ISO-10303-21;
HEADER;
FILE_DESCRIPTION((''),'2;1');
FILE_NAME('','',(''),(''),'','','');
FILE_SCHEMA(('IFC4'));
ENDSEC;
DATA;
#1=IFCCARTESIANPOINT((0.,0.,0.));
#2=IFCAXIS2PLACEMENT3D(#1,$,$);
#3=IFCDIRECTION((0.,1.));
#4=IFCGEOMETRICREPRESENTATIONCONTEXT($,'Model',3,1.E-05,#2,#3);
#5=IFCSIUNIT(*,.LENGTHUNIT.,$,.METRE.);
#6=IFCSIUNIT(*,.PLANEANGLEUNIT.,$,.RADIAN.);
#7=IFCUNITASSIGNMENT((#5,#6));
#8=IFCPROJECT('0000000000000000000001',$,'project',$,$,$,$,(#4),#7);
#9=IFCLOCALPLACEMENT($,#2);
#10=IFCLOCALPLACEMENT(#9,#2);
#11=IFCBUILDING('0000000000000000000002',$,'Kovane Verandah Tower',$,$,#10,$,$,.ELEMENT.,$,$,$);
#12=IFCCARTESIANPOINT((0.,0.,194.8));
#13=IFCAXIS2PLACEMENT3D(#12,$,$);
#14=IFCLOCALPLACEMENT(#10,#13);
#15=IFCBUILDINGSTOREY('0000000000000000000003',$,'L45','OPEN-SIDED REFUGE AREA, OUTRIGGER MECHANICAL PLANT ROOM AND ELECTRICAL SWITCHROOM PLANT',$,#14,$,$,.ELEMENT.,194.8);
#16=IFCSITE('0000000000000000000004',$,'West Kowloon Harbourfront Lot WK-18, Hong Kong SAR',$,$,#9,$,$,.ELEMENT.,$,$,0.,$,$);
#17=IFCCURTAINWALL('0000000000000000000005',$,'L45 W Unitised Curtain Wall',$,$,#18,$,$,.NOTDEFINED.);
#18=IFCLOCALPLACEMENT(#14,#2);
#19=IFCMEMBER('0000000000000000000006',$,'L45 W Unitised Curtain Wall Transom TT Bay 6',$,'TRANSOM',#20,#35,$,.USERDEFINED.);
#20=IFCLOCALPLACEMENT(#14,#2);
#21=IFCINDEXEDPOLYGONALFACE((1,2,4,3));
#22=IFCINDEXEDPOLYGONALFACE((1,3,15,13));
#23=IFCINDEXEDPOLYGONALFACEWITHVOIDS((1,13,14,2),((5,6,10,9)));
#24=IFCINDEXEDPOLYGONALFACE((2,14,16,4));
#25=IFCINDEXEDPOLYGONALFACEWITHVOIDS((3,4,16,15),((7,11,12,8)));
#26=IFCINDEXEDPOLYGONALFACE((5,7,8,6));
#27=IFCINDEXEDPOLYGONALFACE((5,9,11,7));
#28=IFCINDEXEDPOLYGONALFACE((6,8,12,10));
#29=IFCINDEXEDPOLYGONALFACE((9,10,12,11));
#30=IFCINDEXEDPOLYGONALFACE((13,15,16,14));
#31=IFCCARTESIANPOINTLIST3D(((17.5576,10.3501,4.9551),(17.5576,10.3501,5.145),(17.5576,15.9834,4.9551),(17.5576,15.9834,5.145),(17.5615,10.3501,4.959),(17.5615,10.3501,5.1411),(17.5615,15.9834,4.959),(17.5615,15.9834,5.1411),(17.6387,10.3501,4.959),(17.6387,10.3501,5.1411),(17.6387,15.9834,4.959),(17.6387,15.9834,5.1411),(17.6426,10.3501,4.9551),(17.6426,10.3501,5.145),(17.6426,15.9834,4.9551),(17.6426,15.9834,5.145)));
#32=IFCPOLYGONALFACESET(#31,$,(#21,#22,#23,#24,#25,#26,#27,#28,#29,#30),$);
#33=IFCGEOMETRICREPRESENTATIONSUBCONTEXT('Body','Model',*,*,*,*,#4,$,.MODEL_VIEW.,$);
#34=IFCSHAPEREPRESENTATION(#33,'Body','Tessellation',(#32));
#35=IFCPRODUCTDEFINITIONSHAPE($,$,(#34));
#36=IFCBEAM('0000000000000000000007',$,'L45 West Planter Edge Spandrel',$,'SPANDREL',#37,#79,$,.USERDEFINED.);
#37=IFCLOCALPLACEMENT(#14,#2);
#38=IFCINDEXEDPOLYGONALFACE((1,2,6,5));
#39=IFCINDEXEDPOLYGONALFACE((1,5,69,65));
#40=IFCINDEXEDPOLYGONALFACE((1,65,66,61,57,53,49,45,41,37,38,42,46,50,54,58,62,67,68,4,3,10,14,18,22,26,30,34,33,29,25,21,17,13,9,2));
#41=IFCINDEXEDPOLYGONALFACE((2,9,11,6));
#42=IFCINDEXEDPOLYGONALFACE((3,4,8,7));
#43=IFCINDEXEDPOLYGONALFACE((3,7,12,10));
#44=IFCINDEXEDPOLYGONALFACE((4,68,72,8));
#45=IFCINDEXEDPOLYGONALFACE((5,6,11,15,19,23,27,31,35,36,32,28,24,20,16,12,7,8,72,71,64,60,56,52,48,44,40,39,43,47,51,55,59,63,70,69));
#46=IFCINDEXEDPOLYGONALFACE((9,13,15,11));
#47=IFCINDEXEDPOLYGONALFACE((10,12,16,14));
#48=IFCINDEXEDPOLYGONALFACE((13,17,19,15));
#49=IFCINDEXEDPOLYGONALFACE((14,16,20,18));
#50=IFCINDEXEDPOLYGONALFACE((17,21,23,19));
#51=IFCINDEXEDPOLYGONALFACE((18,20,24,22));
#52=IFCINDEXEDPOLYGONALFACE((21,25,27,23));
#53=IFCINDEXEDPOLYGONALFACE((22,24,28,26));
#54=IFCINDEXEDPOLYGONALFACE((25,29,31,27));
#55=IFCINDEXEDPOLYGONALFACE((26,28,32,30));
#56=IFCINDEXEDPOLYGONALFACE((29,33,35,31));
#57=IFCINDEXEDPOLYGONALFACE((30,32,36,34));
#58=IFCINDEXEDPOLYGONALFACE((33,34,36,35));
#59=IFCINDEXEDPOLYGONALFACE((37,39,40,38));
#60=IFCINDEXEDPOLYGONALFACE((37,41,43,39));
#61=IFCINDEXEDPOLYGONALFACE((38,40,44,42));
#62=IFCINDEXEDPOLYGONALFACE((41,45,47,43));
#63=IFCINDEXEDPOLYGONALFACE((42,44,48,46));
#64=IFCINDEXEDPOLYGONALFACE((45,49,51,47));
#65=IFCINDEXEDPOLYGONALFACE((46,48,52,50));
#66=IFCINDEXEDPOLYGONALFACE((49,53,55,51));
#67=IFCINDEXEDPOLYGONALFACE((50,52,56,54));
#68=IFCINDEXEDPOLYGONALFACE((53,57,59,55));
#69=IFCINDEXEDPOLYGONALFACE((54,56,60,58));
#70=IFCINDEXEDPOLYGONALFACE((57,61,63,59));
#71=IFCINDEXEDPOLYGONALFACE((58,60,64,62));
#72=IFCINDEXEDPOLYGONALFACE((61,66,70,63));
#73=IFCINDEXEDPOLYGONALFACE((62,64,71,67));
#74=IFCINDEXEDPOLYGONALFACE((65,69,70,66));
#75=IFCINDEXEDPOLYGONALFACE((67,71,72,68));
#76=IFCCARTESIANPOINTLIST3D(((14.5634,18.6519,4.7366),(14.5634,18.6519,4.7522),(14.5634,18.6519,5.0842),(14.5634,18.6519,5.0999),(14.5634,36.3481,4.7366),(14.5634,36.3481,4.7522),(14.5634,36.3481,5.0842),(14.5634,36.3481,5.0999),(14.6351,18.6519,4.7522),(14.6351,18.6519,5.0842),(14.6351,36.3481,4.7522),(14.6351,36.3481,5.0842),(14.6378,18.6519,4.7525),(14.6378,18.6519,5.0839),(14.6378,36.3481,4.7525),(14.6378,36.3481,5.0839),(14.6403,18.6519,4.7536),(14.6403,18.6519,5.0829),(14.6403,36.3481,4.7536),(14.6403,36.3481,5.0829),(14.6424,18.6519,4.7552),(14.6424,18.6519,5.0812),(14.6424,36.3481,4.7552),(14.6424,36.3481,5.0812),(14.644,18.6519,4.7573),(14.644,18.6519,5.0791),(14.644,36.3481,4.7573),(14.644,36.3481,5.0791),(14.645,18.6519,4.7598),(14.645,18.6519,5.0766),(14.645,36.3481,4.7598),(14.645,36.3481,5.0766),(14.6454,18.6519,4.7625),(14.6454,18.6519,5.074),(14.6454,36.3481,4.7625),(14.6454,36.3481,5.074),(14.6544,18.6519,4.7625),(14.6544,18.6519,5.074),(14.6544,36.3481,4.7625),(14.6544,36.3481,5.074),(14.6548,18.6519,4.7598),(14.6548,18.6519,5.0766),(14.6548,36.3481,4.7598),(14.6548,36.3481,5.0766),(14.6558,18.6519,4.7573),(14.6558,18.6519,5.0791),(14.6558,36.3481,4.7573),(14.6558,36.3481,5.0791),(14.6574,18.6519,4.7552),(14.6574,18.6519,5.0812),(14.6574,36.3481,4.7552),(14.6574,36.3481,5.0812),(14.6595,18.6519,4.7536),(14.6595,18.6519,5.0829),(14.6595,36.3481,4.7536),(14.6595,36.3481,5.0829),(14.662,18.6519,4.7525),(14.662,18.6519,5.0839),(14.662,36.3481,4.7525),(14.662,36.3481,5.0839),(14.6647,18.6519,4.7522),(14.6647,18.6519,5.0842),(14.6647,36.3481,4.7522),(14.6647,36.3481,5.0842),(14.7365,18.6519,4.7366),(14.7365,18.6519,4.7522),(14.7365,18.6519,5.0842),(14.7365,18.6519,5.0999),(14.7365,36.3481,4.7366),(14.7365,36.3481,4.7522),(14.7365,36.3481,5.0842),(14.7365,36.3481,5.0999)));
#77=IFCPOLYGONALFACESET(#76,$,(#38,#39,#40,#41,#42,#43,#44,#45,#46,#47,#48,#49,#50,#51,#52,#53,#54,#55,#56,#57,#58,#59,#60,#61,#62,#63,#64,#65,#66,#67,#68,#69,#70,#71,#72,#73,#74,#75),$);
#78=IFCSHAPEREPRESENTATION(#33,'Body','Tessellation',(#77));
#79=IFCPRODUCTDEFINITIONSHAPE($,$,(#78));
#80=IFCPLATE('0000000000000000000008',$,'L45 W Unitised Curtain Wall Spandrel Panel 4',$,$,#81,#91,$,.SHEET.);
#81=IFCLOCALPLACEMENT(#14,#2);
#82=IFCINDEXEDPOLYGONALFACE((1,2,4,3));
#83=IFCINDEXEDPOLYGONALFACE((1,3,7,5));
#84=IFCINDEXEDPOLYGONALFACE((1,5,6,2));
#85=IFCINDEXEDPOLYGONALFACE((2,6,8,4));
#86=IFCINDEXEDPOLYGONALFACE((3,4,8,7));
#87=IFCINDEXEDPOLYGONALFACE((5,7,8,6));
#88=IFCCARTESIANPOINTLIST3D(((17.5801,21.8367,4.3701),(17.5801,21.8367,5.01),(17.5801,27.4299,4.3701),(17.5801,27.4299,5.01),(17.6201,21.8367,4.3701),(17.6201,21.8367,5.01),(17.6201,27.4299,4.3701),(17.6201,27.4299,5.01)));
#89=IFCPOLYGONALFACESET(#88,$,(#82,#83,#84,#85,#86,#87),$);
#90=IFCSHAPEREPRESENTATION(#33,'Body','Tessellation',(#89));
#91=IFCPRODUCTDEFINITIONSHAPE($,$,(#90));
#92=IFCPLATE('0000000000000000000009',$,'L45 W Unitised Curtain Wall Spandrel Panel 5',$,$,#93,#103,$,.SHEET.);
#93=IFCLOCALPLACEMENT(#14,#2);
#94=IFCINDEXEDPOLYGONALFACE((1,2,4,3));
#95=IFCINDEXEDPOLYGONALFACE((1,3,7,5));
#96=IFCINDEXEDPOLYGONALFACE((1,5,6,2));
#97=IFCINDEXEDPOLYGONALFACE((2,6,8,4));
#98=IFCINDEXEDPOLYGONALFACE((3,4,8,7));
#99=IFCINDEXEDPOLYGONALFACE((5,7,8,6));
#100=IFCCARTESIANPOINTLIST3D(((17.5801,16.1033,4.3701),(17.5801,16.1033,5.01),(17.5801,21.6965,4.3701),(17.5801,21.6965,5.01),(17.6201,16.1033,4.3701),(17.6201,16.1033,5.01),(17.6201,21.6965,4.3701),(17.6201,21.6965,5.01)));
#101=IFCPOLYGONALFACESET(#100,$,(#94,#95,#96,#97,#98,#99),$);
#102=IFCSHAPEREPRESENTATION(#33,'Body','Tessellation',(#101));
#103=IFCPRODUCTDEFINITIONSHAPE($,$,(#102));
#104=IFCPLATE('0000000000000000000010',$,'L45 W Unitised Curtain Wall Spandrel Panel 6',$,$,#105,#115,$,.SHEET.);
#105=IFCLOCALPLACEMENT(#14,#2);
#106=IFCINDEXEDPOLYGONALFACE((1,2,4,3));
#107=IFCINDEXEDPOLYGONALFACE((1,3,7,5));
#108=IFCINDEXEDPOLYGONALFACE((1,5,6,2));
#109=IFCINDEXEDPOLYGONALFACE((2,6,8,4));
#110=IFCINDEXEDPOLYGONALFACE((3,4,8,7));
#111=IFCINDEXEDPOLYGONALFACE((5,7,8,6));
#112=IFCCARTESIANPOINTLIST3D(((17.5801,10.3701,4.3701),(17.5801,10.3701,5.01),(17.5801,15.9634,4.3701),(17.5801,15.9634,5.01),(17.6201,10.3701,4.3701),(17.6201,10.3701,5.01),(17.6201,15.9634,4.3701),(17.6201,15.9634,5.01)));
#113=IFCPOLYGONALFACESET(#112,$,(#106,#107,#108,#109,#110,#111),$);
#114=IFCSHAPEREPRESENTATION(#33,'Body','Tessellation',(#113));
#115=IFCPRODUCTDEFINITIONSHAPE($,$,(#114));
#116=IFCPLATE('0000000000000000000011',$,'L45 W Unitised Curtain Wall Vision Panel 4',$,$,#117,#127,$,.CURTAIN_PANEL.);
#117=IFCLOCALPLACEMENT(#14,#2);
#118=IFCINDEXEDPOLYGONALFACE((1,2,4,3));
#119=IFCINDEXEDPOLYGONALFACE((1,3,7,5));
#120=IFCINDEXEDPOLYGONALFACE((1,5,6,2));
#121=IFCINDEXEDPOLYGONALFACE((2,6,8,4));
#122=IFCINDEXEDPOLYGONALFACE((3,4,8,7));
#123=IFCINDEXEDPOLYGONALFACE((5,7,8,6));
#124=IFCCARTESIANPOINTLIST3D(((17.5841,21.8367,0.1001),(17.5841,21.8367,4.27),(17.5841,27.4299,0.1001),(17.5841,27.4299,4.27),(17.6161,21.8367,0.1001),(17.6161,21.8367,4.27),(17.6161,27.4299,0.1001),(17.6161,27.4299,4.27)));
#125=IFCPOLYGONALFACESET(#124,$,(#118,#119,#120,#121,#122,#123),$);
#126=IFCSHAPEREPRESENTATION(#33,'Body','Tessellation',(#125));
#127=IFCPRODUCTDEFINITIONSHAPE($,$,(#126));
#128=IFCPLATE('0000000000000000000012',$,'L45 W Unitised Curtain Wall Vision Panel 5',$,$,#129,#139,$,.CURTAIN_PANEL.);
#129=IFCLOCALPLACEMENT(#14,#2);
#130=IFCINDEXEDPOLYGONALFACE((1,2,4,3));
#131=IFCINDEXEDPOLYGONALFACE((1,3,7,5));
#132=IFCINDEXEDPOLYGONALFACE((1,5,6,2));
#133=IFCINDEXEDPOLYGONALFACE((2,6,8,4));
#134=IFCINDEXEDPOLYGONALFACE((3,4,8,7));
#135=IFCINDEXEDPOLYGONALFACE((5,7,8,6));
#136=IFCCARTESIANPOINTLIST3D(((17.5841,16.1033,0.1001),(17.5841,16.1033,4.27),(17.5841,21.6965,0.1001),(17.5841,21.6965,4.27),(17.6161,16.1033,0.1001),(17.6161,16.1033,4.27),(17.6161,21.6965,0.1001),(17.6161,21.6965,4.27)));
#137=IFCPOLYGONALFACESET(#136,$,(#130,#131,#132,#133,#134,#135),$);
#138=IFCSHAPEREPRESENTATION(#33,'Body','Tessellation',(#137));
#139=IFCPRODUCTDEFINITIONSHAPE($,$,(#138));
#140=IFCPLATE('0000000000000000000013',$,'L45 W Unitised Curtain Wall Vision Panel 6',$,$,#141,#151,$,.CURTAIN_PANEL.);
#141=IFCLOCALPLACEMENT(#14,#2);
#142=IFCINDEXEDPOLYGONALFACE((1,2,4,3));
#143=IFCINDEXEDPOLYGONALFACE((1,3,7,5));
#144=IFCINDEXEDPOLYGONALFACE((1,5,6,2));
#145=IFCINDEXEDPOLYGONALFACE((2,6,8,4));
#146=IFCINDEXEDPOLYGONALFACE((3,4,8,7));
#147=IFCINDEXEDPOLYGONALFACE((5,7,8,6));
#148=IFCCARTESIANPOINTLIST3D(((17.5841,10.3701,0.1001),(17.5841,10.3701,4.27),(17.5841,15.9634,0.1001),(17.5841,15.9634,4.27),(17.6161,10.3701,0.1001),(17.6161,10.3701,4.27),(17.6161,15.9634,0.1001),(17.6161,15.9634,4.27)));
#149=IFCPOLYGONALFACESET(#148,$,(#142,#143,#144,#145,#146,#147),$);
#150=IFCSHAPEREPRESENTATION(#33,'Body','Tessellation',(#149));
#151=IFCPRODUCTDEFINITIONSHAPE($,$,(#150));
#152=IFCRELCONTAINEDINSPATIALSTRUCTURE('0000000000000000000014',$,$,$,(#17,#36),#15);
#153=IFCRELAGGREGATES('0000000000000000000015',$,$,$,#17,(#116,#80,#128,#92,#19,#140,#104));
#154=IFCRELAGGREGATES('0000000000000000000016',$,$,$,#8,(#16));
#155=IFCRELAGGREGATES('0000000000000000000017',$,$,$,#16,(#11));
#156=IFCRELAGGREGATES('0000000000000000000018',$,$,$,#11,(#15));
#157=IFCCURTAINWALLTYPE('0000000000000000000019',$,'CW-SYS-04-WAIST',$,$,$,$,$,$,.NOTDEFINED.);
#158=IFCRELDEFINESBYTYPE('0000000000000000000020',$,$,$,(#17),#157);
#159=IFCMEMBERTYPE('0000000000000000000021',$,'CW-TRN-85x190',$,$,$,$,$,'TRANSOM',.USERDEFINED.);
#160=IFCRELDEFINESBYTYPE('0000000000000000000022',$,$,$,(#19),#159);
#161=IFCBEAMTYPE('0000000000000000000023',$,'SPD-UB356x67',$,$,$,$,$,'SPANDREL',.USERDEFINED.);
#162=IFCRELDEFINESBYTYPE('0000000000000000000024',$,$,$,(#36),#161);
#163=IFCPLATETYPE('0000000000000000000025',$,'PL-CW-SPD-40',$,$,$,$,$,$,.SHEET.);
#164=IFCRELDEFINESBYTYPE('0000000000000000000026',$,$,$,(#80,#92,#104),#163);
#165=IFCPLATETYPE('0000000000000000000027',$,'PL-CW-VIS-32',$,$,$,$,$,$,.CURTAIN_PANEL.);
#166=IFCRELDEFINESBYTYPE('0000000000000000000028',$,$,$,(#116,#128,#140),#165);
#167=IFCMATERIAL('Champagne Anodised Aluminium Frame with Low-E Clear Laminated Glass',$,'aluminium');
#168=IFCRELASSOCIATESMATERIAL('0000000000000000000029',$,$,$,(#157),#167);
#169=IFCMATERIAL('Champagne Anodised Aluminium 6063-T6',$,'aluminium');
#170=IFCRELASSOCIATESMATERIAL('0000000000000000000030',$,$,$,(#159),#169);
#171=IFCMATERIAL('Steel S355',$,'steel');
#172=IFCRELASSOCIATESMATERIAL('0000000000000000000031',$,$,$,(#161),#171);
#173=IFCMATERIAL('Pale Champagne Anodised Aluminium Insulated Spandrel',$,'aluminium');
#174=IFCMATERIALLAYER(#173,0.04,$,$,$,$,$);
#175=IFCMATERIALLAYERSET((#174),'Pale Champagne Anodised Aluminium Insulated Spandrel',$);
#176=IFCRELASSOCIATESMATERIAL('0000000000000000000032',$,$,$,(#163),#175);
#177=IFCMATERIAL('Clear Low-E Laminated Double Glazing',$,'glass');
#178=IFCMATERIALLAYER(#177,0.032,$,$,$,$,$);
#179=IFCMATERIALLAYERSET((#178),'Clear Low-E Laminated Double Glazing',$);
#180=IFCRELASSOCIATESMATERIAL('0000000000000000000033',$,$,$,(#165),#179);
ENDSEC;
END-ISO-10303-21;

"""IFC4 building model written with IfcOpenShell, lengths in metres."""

from ifc_helpers import new_model, si_unit, direction, frame, origin, origin_2d, place, context, subcontext, project, spatial, rectangle, hollow_rectangle, i_section, extrude, material, layer, layer_set, material_profile, profile_set, type_object, element, aggregate, save


model = new_model("IFC4")

# Units and contexts
model_context = context("Model", 3, precision=1e-05, world=origin(), true_north=direction((0.0, 1.0)))
body_context = subcontext(model_context, "Body", "Model", "MODEL_VIEW")
ifc_project = project(units=[si_unit("LENGTHUNIT", "METRE"), si_unit("PLANEANGLEUNIT", "RADIAN")], contexts=[model_context])

# Site, building, storey
site_placement = place(None, origin())
site = spatial("IfcSite", under=ifc_project, at=site_placement, Name="West Kowloon Harbourfront Lot WK-18, Hong Kong SAR", CompositionType="ELEMENT", RefElevation=0.0)
building_placement = place(site_placement, origin())
building = spatial("IfcBuilding", under=site, at=building_placement, Name="Kovane Verandah Tower", CompositionType="ELEMENT")
storey_placement = place(building_placement, frame((0.0, 0.0, 194.8)))
storey = spatial("IfcBuildingStorey", under=building, at=storey_placement, Name="L45", Description="OPEN-SIDED REFUGE AREA, OUTRIGGER MECHANICAL PLANT ROOM AND ELECTRICAL SWITCHROOM PLANT", CompositionType="ELEMENT", Elevation=194.8)

# Curtain wall, member
ifc_material_1 = material(Name="Champagne Anodised Aluminium Frame with Low-E Clear Laminated Glass", Category="aluminium")
curtain_wall_type = type_object("IfcCurtainWallType", Name="CW-SYS-04-WAIST", PredefinedType="NOTDEFINED", material=ifc_material_1)
curtain_wall_placement = place(storey_placement, origin())
curtain_wall = element("IfcCurtainWall", 1, at=curtain_wall_placement, inside=storey, type_object=curtain_wall_type, Name="L45 W Unitised Curtain Wall", PredefinedType="NOTDEFINED")
ifc_material_2 = material(Name="Champagne Anodised Aluminium 6063-T6", Category="aluminium")
ifc_material_profile_1 = material_profile(ifc_material_2, hollow_rectangle(XDim=0.085, YDim=0.1899, WallThickness=0.0039, at=origin_2d()), Name="AL85x190x4")
ifc_profile_set_1 = profile_set([ifc_material_profile_1], Name="Champagne Anodised Aluminium 6063-T6")
member_type_1 = type_object("IfcMemberType", Name="CW-TRN-85x190", ElementType="TRANSOM", PredefinedType="USERDEFINED", material=ifc_profile_set_1)
member_1_placement = place(storey_placement, frame((17.6001, 15.9834, 5.05), z_axis=(0.0, -1.0, 0.0), x_axis=(1.0, 0.0, 0.0)))
member_1 = element("IfcMember", 2, at=member_1_placement, type_object=member_type_1, Name="L45 W Unitised Curtain Wall Transom TT Bay 6", ObjectType="TRANSOM", PredefinedType="USERDEFINED", context=body_context, shape_type="SweptSolid", body=[
    extrude(hollow_rectangle(XDim=0.085, YDim=0.1899, WallThickness=0.0039, at=origin_2d()), origin(), (0.0, 0.0, 1.0), 5.6333),
])

# Beam
ifc_material_3 = material(Name="Steel S355", Category="steel")
ifc_material_profile_2 = material_profile(ifc_material_3, i_section(OverallWidth=0.1731, OverallDepth=0.3633, WebThickness=0.009, FlangeThickness=0.0156, FilletRadius=0.0103, at=origin_2d()), Name="UB356x171x67")
ifc_profile_set_2 = profile_set([ifc_material_profile_2], Name="Steel S355")
beam_type = type_object("IfcBeamType", Name="SPD-UB356x67", ElementType="SPANDREL", PredefinedType="USERDEFINED", material=ifc_profile_set_2)
beam_placement = place(storey_placement, frame((14.6499, 18.6519, 4.9182), z_axis=(0.0, 1.0, 0.0), x_axis=(-1.0, 0.0, 0.0)))
element("IfcBeam", 3, at=beam_placement, inside=storey, type_object=beam_type, Name="L45 West Planter Edge Spandrel", ObjectType="SPANDREL", PredefinedType="USERDEFINED", context=body_context, shape_type="SweptSolid", body=[
    extrude(i_section(OverallWidth=0.1731, OverallDepth=0.3633, WebThickness=0.009, FlangeThickness=0.0156, FilletRadius=0.0103, at=origin_2d()), origin(), (0.0, 0.0, 1.0), 17.6963),
])

# Plates
ifc_material_4 = material(Name="Pale Champagne Anodised Aluminium Insulated Spandrel", Category="aluminium")
ifc_layer_1 = layer(ifc_material_4, 0.04)
ifc_layer_set_1 = layer_set([ifc_layer_1], Name="Pale Champagne Anodised Aluminium Insulated Spandrel")
plate_type_1 = type_object("IfcPlateType", Name="PL-CW-SPD-40", PredefinedType="SHEET", material=ifc_layer_set_1)
plate_1_placement = place(storey_placement, frame((17.6001, 24.6333, 4.3701), z_axis=(0.0, 0.0, 1.0), x_axis=(0.0, -1.0, 0.0)))
plate_1 = element("IfcPlate", 4, at=plate_1_placement, type_object=plate_type_1, Name="L45 W Unitised Curtain Wall Spandrel Panel 4", PredefinedType="SHEET", context=body_context, shape_type="SweptSolid", body=[
    extrude(rectangle(XDim=5.5933, YDim=0.04, at=origin_2d()), origin(), (0.0, 0.0, 1.0), 0.6399),
])
plate_2_placement = place(storey_placement, frame((17.6001, 18.8999, 4.3701), z_axis=(0.0, 0.0, 1.0), x_axis=(0.0, -1.0, 0.0)))
plate_2 = element("IfcPlate", 5, at=plate_2_placement, type_object=plate_type_1, Name="L45 W Unitised Curtain Wall Spandrel Panel 5", PredefinedType="SHEET", context=body_context, shape_type="SweptSolid", body=[
    extrude(rectangle(XDim=5.5933, YDim=0.04, at=origin_2d()), origin(), (0.0, 0.0, 1.0), 0.6399),
])
plate_3_placement = place(storey_placement, frame((17.6001, 13.1667, 4.3701), z_axis=(0.0, 0.0, 1.0), x_axis=(0.0, -1.0, 0.0)))
plate_3 = element("IfcPlate", 6, at=plate_3_placement, type_object=plate_type_1, Name="L45 W Unitised Curtain Wall Spandrel Panel 6", PredefinedType="SHEET", context=body_context, shape_type="SweptSolid", body=[
    extrude(rectangle(XDim=5.5933, YDim=0.04, at=origin_2d()), origin(), (0.0, 0.0, 1.0), 0.6399),
])
ifc_material_5 = material(Name="Clear Low-E Laminated Double Glazing", Category="glass")
ifc_layer_2 = layer(ifc_material_5, 0.032)
ifc_layer_set_2 = layer_set([ifc_layer_2], Name="Clear Low-E Laminated Double Glazing")
plate_type_2 = type_object("IfcPlateType", Name="PL-CW-VIS-32", PredefinedType="CURTAIN_PANEL", material=ifc_layer_set_2)
plate_4_placement = place(storey_placement, frame((17.6001, 24.6333, 0.1001), z_axis=(0.0, 0.0, 1.0), x_axis=(0.0, -1.0, 0.0)))
plate_4 = element("IfcPlate", 7, at=plate_4_placement, type_object=plate_type_2, Name="L45 W Unitised Curtain Wall Vision Panel 4", PredefinedType="CURTAIN_PANEL", context=body_context, shape_type="SweptSolid", body=[
    extrude(rectangle(XDim=5.5933, YDim=0.032, at=origin_2d()), origin(), (0.0, 0.0, 1.0), 4.1699),
])
plate_5_placement = place(storey_placement, frame((17.6001, 18.8999, 0.1001), z_axis=(0.0, 0.0, 1.0), x_axis=(0.0, -1.0, 0.0)))
plate_5 = element("IfcPlate", 8, at=plate_5_placement, type_object=plate_type_2, Name="L45 W Unitised Curtain Wall Vision Panel 5", PredefinedType="CURTAIN_PANEL", context=body_context, shape_type="SweptSolid", body=[
    extrude(rectangle(XDim=5.5933, YDim=0.032, at=origin_2d()), origin(), (0.0, 0.0, 1.0), 4.1699),
])
plate_6_placement = place(storey_placement, frame((17.6001, 13.1667, 0.1001), z_axis=(0.0, 0.0, 1.0), x_axis=(0.0, -1.0, 0.0)))
plate_6 = element("IfcPlate", 9, at=plate_6_placement, type_object=plate_type_2, Name="L45 W Unitised Curtain Wall Vision Panel 6", PredefinedType="CURTAIN_PANEL", context=body_context, shape_type="SweptSolid", body=[
    extrude(rectangle(XDim=5.5933, YDim=0.032, at=origin_2d()), origin(), (0.0, 0.0, 1.0), 4.1699),
])
aggregate(curtain_wall, [plate_4, plate_1, plate_5, plate_2, member_1, plate_6, plate_3])

save(model, "model.ifc")
